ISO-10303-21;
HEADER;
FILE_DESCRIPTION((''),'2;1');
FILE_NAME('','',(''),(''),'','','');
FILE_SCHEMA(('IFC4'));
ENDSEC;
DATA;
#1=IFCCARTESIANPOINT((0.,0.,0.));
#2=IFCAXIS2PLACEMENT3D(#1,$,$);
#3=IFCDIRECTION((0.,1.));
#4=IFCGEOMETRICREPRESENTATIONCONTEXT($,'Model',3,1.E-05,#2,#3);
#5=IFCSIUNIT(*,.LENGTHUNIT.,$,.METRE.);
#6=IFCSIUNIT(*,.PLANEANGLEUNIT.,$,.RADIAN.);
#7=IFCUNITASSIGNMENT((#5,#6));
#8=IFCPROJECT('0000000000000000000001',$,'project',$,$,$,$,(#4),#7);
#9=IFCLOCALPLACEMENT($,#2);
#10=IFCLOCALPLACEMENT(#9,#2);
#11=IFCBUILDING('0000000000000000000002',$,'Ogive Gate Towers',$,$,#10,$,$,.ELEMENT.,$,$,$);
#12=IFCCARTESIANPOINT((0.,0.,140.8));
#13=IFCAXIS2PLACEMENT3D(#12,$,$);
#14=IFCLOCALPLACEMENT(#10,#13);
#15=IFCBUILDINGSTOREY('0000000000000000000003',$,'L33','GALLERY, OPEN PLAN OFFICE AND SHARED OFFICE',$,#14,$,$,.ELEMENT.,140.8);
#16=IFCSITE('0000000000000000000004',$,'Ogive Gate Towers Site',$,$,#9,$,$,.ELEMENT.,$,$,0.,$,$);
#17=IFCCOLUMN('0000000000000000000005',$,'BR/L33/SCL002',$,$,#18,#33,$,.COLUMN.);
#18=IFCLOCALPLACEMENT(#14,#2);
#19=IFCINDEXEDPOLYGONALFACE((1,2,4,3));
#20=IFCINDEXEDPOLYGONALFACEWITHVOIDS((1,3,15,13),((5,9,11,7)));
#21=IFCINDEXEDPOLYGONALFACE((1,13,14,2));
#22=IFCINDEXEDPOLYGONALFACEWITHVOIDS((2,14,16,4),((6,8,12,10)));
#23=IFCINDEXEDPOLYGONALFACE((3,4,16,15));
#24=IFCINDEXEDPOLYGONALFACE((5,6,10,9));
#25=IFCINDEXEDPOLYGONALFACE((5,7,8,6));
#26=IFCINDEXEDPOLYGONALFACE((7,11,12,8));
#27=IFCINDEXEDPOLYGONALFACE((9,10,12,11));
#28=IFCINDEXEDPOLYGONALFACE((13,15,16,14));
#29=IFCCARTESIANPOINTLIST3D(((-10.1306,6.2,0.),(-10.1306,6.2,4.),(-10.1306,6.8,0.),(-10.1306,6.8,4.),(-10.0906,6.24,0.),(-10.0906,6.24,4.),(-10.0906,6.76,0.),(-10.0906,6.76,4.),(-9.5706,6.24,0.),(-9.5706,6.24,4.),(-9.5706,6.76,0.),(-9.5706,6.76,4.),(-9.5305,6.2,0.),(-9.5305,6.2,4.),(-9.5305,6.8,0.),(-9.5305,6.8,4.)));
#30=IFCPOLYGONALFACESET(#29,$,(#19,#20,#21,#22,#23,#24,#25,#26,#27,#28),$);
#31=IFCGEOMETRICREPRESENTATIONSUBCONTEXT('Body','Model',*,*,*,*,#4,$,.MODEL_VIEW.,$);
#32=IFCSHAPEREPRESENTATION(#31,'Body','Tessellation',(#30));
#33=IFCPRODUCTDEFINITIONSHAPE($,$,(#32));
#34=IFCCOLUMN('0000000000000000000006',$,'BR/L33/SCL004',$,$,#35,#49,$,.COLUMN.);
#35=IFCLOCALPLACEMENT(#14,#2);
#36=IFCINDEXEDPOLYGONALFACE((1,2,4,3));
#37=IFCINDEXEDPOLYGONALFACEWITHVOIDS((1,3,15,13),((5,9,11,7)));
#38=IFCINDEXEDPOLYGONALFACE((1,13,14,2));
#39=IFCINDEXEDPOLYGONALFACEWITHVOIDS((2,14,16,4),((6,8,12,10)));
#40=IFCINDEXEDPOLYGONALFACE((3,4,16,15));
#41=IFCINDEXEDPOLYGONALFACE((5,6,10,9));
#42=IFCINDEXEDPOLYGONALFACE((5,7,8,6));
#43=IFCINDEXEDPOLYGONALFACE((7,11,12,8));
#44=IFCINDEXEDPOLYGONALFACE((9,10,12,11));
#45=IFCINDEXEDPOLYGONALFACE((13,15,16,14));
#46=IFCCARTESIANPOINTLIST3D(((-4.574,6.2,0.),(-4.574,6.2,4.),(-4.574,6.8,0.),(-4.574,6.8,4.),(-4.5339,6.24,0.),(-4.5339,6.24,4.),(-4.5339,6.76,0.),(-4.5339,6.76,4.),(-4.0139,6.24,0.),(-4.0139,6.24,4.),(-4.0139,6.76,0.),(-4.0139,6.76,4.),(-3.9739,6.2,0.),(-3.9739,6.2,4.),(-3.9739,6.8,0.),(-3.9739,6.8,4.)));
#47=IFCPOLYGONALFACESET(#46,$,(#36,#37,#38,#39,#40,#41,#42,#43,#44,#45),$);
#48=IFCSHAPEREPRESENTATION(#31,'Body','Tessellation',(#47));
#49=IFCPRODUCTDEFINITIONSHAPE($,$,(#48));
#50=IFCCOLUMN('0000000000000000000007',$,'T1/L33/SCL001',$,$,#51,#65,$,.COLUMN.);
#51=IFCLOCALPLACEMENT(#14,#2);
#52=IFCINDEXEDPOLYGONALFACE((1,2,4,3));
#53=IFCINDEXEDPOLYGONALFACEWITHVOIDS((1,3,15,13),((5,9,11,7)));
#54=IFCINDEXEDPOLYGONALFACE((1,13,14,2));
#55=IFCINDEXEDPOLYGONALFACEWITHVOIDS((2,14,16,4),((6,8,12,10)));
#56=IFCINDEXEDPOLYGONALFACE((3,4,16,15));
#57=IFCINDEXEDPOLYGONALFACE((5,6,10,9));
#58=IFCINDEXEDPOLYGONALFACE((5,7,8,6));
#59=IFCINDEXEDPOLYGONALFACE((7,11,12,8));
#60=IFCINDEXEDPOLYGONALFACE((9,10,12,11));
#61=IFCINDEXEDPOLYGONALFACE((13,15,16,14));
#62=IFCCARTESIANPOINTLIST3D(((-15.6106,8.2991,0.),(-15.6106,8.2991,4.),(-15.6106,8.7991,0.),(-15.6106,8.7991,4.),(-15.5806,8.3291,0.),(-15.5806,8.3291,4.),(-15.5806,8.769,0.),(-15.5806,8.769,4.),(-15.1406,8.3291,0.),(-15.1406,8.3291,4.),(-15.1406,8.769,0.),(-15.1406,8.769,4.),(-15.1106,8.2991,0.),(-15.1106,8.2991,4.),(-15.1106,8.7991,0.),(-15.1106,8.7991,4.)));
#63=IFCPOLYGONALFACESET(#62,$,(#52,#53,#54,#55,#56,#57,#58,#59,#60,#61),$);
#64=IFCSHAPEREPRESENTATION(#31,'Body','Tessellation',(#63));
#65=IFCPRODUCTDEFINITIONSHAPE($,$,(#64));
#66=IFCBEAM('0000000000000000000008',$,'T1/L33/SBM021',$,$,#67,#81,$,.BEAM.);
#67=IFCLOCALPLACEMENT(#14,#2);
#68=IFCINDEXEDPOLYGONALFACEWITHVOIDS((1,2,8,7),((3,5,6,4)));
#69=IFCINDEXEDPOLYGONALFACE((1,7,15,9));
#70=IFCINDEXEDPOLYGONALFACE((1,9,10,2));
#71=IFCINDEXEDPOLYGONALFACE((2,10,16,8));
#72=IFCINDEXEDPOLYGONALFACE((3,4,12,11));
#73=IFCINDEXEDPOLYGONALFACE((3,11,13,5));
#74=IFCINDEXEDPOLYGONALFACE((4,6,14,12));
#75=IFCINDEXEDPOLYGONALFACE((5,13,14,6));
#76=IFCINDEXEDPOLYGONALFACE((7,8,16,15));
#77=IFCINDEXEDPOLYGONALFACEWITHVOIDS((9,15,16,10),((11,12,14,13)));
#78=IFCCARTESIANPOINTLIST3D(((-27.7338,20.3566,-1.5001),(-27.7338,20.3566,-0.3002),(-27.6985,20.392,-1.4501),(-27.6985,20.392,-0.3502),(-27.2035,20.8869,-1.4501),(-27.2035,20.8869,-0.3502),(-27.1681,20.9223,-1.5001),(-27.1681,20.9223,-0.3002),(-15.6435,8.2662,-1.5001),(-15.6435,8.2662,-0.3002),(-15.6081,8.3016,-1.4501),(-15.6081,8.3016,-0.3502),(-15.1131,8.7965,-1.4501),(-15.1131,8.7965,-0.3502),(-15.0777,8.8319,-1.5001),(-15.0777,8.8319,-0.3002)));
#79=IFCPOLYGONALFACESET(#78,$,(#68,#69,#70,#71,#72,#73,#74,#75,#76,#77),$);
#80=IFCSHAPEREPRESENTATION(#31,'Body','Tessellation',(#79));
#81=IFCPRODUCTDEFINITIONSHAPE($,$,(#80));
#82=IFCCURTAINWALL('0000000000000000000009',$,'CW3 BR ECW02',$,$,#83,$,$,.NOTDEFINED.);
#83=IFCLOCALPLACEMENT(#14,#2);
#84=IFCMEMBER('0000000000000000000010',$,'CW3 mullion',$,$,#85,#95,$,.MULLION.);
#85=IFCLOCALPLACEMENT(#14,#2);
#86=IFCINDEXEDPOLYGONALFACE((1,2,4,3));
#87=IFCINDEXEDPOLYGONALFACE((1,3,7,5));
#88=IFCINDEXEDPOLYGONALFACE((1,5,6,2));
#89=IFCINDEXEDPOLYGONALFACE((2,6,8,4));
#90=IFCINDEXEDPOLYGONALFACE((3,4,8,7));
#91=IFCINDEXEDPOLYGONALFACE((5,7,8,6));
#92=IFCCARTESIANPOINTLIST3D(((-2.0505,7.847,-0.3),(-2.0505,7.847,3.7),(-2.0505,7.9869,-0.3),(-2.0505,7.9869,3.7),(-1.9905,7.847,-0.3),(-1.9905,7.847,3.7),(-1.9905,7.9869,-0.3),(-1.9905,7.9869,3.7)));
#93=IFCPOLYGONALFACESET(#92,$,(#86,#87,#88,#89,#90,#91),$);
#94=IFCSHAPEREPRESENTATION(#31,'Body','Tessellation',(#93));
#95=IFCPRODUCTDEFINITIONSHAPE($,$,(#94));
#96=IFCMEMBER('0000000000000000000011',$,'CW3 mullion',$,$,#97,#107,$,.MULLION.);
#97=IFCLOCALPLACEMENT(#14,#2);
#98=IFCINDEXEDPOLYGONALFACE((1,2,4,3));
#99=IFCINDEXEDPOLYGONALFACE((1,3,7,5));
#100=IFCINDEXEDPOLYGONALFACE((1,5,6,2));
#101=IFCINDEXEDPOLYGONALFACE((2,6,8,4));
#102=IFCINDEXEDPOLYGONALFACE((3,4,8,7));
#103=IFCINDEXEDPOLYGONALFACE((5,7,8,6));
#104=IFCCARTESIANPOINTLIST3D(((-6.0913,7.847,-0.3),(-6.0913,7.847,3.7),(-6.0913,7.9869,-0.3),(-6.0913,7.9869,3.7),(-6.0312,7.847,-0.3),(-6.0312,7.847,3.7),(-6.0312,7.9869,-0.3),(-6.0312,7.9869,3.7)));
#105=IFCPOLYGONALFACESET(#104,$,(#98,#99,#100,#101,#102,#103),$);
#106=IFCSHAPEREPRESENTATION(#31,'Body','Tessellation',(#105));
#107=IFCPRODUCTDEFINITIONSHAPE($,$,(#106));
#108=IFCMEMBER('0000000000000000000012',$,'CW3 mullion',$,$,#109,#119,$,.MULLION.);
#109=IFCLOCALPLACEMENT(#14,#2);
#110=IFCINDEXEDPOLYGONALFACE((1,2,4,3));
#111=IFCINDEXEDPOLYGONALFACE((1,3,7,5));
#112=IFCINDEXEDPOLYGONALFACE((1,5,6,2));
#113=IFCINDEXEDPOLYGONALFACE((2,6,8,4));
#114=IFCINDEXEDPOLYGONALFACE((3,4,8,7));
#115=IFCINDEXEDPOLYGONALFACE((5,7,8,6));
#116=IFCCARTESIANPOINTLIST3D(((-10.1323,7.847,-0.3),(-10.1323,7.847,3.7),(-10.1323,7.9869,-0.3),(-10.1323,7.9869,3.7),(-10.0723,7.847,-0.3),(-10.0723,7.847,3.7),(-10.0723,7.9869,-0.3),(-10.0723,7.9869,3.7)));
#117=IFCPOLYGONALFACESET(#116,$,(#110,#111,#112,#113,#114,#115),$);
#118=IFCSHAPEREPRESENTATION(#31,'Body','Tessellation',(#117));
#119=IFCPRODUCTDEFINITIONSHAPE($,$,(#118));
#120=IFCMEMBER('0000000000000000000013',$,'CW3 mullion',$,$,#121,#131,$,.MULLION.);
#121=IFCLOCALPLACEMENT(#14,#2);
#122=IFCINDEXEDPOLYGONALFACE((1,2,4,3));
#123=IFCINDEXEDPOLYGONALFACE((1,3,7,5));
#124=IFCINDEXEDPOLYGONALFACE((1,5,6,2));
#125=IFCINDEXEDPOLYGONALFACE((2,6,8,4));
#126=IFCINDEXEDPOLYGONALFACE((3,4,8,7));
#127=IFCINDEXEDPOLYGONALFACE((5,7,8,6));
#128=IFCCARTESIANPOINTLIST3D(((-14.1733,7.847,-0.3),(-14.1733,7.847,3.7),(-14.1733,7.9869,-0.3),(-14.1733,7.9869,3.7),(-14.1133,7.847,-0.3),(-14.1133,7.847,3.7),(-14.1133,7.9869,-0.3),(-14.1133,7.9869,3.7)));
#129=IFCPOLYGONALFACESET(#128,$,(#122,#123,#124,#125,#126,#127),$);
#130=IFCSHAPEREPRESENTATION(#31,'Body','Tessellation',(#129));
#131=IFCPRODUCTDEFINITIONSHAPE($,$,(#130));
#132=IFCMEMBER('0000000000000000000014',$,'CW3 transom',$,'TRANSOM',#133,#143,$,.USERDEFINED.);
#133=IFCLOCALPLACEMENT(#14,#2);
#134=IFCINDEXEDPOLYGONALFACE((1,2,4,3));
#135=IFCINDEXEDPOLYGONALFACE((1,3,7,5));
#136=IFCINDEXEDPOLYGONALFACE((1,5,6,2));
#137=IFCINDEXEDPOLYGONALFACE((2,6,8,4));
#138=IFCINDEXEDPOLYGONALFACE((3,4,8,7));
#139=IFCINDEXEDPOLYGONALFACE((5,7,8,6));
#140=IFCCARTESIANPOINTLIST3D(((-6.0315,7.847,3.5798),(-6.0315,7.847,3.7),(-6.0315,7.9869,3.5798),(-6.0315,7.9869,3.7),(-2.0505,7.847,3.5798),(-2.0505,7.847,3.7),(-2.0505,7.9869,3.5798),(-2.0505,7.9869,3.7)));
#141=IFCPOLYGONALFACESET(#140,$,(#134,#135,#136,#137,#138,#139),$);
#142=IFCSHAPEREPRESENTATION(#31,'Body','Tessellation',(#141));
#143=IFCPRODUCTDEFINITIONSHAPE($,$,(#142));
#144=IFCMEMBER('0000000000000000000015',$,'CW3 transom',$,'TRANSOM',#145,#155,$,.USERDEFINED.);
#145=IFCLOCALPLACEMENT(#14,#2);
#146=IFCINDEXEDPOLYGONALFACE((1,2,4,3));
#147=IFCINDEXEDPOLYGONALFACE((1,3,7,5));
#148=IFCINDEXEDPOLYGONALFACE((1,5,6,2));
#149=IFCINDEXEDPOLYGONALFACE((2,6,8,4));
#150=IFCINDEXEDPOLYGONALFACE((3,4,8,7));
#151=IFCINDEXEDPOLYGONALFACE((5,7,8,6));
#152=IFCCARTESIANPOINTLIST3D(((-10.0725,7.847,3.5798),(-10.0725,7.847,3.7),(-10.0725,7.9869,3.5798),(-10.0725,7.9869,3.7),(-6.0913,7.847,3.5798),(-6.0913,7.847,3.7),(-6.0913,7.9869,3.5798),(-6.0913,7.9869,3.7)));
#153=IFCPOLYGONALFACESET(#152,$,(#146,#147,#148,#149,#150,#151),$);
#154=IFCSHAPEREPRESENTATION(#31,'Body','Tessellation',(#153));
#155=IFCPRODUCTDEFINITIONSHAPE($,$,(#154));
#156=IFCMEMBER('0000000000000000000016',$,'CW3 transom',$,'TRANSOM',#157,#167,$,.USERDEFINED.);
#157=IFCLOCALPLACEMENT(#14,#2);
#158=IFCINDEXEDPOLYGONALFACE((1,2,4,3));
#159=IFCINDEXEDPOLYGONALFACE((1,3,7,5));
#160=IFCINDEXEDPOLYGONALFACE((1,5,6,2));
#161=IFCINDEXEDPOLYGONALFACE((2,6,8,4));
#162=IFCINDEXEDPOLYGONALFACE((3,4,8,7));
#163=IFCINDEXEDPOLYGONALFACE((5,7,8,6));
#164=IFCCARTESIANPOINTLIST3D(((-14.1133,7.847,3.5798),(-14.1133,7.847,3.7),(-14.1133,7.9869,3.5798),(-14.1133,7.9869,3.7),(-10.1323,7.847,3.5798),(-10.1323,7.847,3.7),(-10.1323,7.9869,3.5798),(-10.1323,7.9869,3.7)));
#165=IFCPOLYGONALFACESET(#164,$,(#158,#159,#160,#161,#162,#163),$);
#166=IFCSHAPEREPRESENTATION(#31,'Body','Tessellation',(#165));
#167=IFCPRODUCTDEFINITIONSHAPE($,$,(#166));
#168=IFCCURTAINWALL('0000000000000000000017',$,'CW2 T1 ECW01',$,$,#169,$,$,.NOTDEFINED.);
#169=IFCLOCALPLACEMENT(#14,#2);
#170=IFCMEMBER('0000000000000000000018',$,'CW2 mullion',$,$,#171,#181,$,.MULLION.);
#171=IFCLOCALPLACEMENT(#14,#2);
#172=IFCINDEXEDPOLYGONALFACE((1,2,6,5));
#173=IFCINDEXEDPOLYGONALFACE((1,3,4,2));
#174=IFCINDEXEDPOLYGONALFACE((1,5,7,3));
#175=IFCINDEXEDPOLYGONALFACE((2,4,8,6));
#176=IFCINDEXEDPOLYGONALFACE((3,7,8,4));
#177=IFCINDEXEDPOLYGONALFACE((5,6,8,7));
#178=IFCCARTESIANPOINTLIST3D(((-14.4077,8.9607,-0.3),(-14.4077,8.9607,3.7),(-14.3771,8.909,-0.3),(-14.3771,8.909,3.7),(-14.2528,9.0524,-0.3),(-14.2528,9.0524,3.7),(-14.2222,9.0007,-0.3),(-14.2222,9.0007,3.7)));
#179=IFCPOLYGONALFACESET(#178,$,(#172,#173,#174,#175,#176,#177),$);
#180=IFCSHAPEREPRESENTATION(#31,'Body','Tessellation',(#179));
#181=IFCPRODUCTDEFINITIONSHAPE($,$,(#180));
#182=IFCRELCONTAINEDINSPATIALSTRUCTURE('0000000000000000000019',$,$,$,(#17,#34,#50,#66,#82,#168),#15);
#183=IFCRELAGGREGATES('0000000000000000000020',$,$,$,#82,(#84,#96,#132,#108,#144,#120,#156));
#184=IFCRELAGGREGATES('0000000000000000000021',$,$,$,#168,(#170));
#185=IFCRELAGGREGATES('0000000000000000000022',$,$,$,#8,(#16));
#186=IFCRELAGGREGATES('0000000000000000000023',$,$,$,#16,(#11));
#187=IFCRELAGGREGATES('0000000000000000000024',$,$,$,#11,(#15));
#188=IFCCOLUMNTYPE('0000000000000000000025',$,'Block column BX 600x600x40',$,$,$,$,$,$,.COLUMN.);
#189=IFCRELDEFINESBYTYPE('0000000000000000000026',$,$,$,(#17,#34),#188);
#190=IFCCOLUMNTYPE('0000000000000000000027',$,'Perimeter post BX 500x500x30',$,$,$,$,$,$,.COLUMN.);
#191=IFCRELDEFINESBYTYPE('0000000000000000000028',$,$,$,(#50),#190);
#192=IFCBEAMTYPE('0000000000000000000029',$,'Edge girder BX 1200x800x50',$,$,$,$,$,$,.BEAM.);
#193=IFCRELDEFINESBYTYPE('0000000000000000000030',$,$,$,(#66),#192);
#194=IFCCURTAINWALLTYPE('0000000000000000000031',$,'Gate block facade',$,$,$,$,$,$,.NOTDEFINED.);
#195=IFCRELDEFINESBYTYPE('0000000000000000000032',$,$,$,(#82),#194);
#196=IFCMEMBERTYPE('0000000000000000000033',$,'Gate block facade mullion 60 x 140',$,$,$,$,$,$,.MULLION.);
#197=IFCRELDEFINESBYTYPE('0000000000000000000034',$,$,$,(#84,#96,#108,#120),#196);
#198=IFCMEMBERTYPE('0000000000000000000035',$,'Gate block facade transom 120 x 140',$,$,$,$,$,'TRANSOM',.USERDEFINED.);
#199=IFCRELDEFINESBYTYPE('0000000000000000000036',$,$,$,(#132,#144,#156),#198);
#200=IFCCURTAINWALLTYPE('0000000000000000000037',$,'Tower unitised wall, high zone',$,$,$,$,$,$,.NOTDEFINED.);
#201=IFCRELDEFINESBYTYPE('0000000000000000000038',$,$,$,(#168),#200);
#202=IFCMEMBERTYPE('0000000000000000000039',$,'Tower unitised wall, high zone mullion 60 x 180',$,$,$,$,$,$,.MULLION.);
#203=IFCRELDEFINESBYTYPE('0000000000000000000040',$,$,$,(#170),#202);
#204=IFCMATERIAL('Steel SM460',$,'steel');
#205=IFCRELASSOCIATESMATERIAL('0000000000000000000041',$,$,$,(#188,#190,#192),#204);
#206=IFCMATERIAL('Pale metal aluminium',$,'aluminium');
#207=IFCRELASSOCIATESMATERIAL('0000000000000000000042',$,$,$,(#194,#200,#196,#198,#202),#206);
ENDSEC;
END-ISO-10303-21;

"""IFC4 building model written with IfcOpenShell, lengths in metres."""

from ifc_helpers import new_model, si_unit, direction, frame, origin, origin_2d, place, context, subcontext, project, spatial, rectangle, hollow_rectangle, extrude, material, material_profile, profile_set, type_object, element, aggregate, save


model = new_model("IFC4")

# Units and contexts
model_context = context("Model", 3, precision=1e-05, world=origin(), true_north=direction((0.0, 1.0)))
body_context = subcontext(model_context, "Body", "Model", "MODEL_VIEW")
ifc_project = project(units=[si_unit("LENGTHUNIT", "METRE"), si_unit("PLANEANGLEUNIT", "RADIAN")], contexts=[model_context])

# Site, building, storey
site_placement = place(None, origin())
site = spatial("IfcSite", under=ifc_project, at=site_placement, Name="Ogive Gate Towers Site", CompositionType="ELEMENT", RefElevation=0.0)
building_placement = place(site_placement, origin())
building = spatial("IfcBuilding", under=site, at=building_placement, Name="Ogive Gate Towers", CompositionType="ELEMENT")
storey_placement = place(building_placement, frame((0.0, 0.0, 140.8)))
storey = spatial("IfcBuildingStorey", under=building, at=storey_placement, Name="L33", Description="GALLERY, OPEN PLAN OFFICE AND SHARED OFFICE", CompositionType="ELEMENT", Elevation=140.8)

# Columns
ifc_material_1 = material(Name="Steel SM460", Category="steel")
ifc_material_profile_1 = material_profile(ifc_material_1, hollow_rectangle(XDim=0.6001, YDim=0.6001, WallThickness=0.04, at=origin_2d()), Name="BX 600x600x40")
ifc_profile_set_1 = profile_set([ifc_material_profile_1], Name="Steel SM460")
column_type_1 = type_object("IfcColumnType", Name="Block column BX 600x600x40", PredefinedType="COLUMN", material=ifc_profile_set_1)
for number, where, z_axis, x_axis, name in (
    (1, (-9.8306, 6.5, 0.0), (0.0, 0.0, 1.0), (1.0, 0.0, 0.0), "BR/L33/SCL002"),
    (2, (-4.2739, 6.5, 0.0), (0.0, 0.0, 1.0), (1.0, 0.0, 0.0), "BR/L33/SCL004"),
):
    element("IfcColumn", number, at=place(storey_placement, frame(where, z_axis=z_axis, x_axis=x_axis)), inside=storey, type_object=column_type_1, Name=name, PredefinedType="COLUMN", context=body_context, shape_type="SweptSolid", body=[
        extrude(hollow_rectangle(XDim=0.6001, YDim=0.6001, WallThickness=0.04, at=origin_2d()), origin(), (0.0, 0.0, 1.0), 4.0),
    ])
ifc_material_profile_2 = material_profile(ifc_material_1, hollow_rectangle(XDim=0.5, YDim=0.5, WallThickness=0.03, at=origin_2d()), Name="BX 500x500x30")
ifc_profile_set_2 = profile_set([ifc_material_profile_2], Name="Steel SM460")
column_type_2 = type_object("IfcColumnType", Name="Perimeter post BX 500x500x30", PredefinedType="COLUMN", material=ifc_profile_set_2)
column_placement = place(storey_placement, frame((-15.3606, 8.5491, 0.0), z_axis=(0.0, 0.0, 1.0), x_axis=(1.0, 0.0, 0.0)))
element("IfcColumn", 3, at=column_placement, inside=storey, type_object=column_type_2, Name="T1/L33/SCL001", PredefinedType="COLUMN", context=body_context, shape_type="SweptSolid", body=[
    extrude(hollow_rectangle(XDim=0.5, YDim=0.5, WallThickness=0.03, at=origin_2d()), origin(), (0.0, 0.0, 1.0), 4.0),
])

# Beam
ifc_material_profile_3 = material_profile(ifc_material_1, hollow_rectangle(XDim=0.8, YDim=1.2, WallThickness=0.05, at=origin_2d()), Name="BX 1200x800x50")
ifc_profile_set_3 = profile_set([ifc_material_profile_3], Name="Steel SM460")
beam_type = type_object("IfcBeamType", Name="Edge girder BX 1200x800x50", PredefinedType="BEAM", material=ifc_profile_set_3)
beam_placement = place(storey_placement, frame((-15.3606, 8.5491, -0.9001), z_axis=(-0.707107, 0.707107, 0.0), x_axis=(-0.707107, -0.707107, 0.0)))
element("IfcBeam", 4, at=beam_placement, inside=storey, type_object=beam_type, Name="T1/L33/SBM021", PredefinedType="BEAM", context=body_context, shape_type="SweptSolid", body=[
    extrude(hollow_rectangle(XDim=0.8, YDim=1.2, WallThickness=0.05, at=origin_2d()), origin(), (0.0, 0.0, 1.0), 17.0984),
])

# Curtain walls, members
ifc_material_2 = material(Name="Pale metal aluminium", Category="aluminium")
curtain_wall_type_1 = type_object("IfcCurtainWallType", Name="Gate block facade", PredefinedType="NOTDEFINED", material=ifc_material_2)
curtain_wall_1_placement = place(storey_placement, origin())
curtain_wall_1 = element("IfcCurtainWall", 5, at=curtain_wall_1_placement, inside=storey, type_object=curtain_wall_type_1, Name="CW3 BR ECW02", PredefinedType="NOTDEFINED")
ifc_material_profile_4 = material_profile(ifc_material_2, rectangle(XDim=0.1399, YDim=0.0601, at=origin_2d()), Name="60 x 140 aluminium box")
ifc_profile_set_4 = profile_set([ifc_material_profile_4], Name="Pale metal aluminium")
member_type_1 = type_object("IfcMemberType", Name="Gate block facade mullion 60 x 140", PredefinedType="MULLION", material=ifc_profile_set_4)
member_1_placement = place(storey_placement, frame((-2.0205, 7.917, -0.3), z_axis=(0.0, 0.0, 1.0), x_axis=(0.0, 1.0, 0.0)))
member_1 = element("IfcMember", 6, at=member_1_placement, type_object=member_type_1, Name="CW3 mullion", PredefinedType="MULLION", context=body_context, shape_type="SweptSolid", body=[
    extrude(rectangle(XDim=0.1399, YDim=0.0601, at=origin_2d()), origin(), (0.0, 0.0, 1.0), 4.0),
])
member_2_placement = place(storey_placement, frame((-6.0613, 7.917, -0.3), z_axis=(0.0, 0.0, 1.0), x_axis=(0.0, 1.0, 0.0)))
member_2 = element("IfcMember", 7, at=member_2_placement, type_object=member_type_1, Name="CW3 mullion", PredefinedType="MULLION", context=body_context, shape_type="SweptSolid", body=[
    extrude(rectangle(XDim=0.1399, YDim=0.0601, at=origin_2d()), origin(), (0.0, 0.0, 1.0), 4.0),
])
member_3_placement = place(storey_placement, frame((-10.1023, 7.917, -0.3), z_axis=(0.0, 0.0, 1.0), x_axis=(0.0, 1.0, 0.0)))
member_3 = element("IfcMember", 8, at=member_3_placement, type_object=member_type_1, Name="CW3 mullion", PredefinedType="MULLION", context=body_context, shape_type="SweptSolid", body=[
    extrude(rectangle(XDim=0.1399, YDim=0.0601, at=origin_2d()), origin(), (0.0, 0.0, 1.0), 4.0),
])
member_4_placement = place(storey_placement, frame((-14.1433, 7.917, -0.3), z_axis=(0.0, 0.0, 1.0), x_axis=(0.0, 1.0, 0.0)))
member_4 = element("IfcMember", 9, at=member_4_placement, type_object=member_type_1, Name="CW3 mullion", PredefinedType="MULLION", context=body_context, shape_type="SweptSolid", body=[
    extrude(rectangle(XDim=0.1399, YDim=0.0601, at=origin_2d()), origin(), (0.0, 0.0, 1.0), 4.0),
])
ifc_material_profile_5 = material_profile(ifc_material_2, rectangle(XDim=0.1399, YDim=0.1201, at=origin_2d()), Name="120 x 140 aluminium box")
ifc_profile_set_5 = profile_set([ifc_material_profile_5], Name="Pale metal aluminium")
member_type_2 = type_object("IfcMemberType", Name="Gate block facade transom 120 x 140", ElementType="TRANSOM", PredefinedType="USERDEFINED", material=ifc_profile_set_5)
member_5_placement = place(storey_placement, frame((-2.0505, 7.917, 3.6399), z_axis=(-1.0, 0.0, 0.0), x_axis=(0.0, -1.0, 0.0)))
member_5 = element("IfcMember", 10, at=member_5_placement, type_object=member_type_2, Name="CW3 transom", ObjectType="TRANSOM", PredefinedType="USERDEFINED", context=body_context, shape_type="SweptSolid", body=[
    extrude(rectangle(XDim=0.1399, YDim=0.1201, at=origin_2d()), origin(), (0.0, 0.0, 1.0), 3.981),
])
member_6_placement = place(storey_placement, frame((-6.0913, 7.917, 3.6399), z_axis=(-1.0, 0.0, 0.0), x_axis=(0.0, -1.0, 0.0)))
member_6 = element("IfcMember", 11, at=member_6_placement, type_object=member_type_2, Name="CW3 transom", ObjectType="TRANSOM", PredefinedType="USERDEFINED", context=body_context, shape_type="SweptSolid", body=[
    extrude(rectangle(XDim=0.1399, YDim=0.1201, at=origin_2d()), origin(), (0.0, 0.0, 1.0), 3.9812),
])
member_7_placement = place(storey_placement, frame((-10.1323, 7.917, 3.6399), z_axis=(-1.0, 0.0, 0.0), x_axis=(0.0, -1.0, 0.0)))
member_7 = element("IfcMember", 12, at=member_7_placement, type_object=member_type_2, Name="CW3 transom", ObjectType="TRANSOM", PredefinedType="USERDEFINED", context=body_context, shape_type="SweptSolid", body=[
    extrude(rectangle(XDim=0.1399, YDim=0.1201, at=origin_2d()), origin(), (0.0, 0.0, 1.0), 3.981),
])
curtain_wall_type_2 = type_object("IfcCurtainWallType", Name="Tower unitised wall, high zone", PredefinedType="NOTDEFINED", material=ifc_material_2)
curtain_wall_2_placement = place(storey_placement, origin())
curtain_wall_2 = element("IfcCurtainWall", 13, at=curtain_wall_2_placement, inside=storey, type_object=curtain_wall_type_2, Name="CW2 T1 ECW01", PredefinedType="NOTDEFINED")
ifc_material_profile_6 = material_profile(ifc_material_2, rectangle(XDim=0.1799, YDim=0.0601, at=origin_2d()), Name="60 x 180 aluminium box")
ifc_profile_set_6 = profile_set([ifc_material_profile_6], Name="Pale metal aluminium")
member_type_3 = type_object("IfcMemberType", Name="Tower unitised wall, high zone mullion 60 x 180", PredefinedType="MULLION", material=ifc_profile_set_6)
member_8_placement = place(storey_placement, frame((-14.3149, 8.9807, -0.3), z_axis=(0.0, 0.0, 1.0), x_axis=(0.860547, 0.509372, 0.0)))
member_8 = element("IfcMember", 14, at=member_8_placement, type_object=member_type_3, Name="CW2 mullion", PredefinedType="MULLION", context=body_context, shape_type="SweptSolid", body=[
    extrude(rectangle(XDim=0.1799, YDim=0.0601, at=origin_2d()), origin(), (0.0, 0.0, 1.0), 4.0),
])

aggregate(curtain_wall_1, [member_1, member_2, member_5, member_3, member_6, member_4, member_7])
aggregate(curtain_wall_2, [member_8])

save(model, "model.ifc")
